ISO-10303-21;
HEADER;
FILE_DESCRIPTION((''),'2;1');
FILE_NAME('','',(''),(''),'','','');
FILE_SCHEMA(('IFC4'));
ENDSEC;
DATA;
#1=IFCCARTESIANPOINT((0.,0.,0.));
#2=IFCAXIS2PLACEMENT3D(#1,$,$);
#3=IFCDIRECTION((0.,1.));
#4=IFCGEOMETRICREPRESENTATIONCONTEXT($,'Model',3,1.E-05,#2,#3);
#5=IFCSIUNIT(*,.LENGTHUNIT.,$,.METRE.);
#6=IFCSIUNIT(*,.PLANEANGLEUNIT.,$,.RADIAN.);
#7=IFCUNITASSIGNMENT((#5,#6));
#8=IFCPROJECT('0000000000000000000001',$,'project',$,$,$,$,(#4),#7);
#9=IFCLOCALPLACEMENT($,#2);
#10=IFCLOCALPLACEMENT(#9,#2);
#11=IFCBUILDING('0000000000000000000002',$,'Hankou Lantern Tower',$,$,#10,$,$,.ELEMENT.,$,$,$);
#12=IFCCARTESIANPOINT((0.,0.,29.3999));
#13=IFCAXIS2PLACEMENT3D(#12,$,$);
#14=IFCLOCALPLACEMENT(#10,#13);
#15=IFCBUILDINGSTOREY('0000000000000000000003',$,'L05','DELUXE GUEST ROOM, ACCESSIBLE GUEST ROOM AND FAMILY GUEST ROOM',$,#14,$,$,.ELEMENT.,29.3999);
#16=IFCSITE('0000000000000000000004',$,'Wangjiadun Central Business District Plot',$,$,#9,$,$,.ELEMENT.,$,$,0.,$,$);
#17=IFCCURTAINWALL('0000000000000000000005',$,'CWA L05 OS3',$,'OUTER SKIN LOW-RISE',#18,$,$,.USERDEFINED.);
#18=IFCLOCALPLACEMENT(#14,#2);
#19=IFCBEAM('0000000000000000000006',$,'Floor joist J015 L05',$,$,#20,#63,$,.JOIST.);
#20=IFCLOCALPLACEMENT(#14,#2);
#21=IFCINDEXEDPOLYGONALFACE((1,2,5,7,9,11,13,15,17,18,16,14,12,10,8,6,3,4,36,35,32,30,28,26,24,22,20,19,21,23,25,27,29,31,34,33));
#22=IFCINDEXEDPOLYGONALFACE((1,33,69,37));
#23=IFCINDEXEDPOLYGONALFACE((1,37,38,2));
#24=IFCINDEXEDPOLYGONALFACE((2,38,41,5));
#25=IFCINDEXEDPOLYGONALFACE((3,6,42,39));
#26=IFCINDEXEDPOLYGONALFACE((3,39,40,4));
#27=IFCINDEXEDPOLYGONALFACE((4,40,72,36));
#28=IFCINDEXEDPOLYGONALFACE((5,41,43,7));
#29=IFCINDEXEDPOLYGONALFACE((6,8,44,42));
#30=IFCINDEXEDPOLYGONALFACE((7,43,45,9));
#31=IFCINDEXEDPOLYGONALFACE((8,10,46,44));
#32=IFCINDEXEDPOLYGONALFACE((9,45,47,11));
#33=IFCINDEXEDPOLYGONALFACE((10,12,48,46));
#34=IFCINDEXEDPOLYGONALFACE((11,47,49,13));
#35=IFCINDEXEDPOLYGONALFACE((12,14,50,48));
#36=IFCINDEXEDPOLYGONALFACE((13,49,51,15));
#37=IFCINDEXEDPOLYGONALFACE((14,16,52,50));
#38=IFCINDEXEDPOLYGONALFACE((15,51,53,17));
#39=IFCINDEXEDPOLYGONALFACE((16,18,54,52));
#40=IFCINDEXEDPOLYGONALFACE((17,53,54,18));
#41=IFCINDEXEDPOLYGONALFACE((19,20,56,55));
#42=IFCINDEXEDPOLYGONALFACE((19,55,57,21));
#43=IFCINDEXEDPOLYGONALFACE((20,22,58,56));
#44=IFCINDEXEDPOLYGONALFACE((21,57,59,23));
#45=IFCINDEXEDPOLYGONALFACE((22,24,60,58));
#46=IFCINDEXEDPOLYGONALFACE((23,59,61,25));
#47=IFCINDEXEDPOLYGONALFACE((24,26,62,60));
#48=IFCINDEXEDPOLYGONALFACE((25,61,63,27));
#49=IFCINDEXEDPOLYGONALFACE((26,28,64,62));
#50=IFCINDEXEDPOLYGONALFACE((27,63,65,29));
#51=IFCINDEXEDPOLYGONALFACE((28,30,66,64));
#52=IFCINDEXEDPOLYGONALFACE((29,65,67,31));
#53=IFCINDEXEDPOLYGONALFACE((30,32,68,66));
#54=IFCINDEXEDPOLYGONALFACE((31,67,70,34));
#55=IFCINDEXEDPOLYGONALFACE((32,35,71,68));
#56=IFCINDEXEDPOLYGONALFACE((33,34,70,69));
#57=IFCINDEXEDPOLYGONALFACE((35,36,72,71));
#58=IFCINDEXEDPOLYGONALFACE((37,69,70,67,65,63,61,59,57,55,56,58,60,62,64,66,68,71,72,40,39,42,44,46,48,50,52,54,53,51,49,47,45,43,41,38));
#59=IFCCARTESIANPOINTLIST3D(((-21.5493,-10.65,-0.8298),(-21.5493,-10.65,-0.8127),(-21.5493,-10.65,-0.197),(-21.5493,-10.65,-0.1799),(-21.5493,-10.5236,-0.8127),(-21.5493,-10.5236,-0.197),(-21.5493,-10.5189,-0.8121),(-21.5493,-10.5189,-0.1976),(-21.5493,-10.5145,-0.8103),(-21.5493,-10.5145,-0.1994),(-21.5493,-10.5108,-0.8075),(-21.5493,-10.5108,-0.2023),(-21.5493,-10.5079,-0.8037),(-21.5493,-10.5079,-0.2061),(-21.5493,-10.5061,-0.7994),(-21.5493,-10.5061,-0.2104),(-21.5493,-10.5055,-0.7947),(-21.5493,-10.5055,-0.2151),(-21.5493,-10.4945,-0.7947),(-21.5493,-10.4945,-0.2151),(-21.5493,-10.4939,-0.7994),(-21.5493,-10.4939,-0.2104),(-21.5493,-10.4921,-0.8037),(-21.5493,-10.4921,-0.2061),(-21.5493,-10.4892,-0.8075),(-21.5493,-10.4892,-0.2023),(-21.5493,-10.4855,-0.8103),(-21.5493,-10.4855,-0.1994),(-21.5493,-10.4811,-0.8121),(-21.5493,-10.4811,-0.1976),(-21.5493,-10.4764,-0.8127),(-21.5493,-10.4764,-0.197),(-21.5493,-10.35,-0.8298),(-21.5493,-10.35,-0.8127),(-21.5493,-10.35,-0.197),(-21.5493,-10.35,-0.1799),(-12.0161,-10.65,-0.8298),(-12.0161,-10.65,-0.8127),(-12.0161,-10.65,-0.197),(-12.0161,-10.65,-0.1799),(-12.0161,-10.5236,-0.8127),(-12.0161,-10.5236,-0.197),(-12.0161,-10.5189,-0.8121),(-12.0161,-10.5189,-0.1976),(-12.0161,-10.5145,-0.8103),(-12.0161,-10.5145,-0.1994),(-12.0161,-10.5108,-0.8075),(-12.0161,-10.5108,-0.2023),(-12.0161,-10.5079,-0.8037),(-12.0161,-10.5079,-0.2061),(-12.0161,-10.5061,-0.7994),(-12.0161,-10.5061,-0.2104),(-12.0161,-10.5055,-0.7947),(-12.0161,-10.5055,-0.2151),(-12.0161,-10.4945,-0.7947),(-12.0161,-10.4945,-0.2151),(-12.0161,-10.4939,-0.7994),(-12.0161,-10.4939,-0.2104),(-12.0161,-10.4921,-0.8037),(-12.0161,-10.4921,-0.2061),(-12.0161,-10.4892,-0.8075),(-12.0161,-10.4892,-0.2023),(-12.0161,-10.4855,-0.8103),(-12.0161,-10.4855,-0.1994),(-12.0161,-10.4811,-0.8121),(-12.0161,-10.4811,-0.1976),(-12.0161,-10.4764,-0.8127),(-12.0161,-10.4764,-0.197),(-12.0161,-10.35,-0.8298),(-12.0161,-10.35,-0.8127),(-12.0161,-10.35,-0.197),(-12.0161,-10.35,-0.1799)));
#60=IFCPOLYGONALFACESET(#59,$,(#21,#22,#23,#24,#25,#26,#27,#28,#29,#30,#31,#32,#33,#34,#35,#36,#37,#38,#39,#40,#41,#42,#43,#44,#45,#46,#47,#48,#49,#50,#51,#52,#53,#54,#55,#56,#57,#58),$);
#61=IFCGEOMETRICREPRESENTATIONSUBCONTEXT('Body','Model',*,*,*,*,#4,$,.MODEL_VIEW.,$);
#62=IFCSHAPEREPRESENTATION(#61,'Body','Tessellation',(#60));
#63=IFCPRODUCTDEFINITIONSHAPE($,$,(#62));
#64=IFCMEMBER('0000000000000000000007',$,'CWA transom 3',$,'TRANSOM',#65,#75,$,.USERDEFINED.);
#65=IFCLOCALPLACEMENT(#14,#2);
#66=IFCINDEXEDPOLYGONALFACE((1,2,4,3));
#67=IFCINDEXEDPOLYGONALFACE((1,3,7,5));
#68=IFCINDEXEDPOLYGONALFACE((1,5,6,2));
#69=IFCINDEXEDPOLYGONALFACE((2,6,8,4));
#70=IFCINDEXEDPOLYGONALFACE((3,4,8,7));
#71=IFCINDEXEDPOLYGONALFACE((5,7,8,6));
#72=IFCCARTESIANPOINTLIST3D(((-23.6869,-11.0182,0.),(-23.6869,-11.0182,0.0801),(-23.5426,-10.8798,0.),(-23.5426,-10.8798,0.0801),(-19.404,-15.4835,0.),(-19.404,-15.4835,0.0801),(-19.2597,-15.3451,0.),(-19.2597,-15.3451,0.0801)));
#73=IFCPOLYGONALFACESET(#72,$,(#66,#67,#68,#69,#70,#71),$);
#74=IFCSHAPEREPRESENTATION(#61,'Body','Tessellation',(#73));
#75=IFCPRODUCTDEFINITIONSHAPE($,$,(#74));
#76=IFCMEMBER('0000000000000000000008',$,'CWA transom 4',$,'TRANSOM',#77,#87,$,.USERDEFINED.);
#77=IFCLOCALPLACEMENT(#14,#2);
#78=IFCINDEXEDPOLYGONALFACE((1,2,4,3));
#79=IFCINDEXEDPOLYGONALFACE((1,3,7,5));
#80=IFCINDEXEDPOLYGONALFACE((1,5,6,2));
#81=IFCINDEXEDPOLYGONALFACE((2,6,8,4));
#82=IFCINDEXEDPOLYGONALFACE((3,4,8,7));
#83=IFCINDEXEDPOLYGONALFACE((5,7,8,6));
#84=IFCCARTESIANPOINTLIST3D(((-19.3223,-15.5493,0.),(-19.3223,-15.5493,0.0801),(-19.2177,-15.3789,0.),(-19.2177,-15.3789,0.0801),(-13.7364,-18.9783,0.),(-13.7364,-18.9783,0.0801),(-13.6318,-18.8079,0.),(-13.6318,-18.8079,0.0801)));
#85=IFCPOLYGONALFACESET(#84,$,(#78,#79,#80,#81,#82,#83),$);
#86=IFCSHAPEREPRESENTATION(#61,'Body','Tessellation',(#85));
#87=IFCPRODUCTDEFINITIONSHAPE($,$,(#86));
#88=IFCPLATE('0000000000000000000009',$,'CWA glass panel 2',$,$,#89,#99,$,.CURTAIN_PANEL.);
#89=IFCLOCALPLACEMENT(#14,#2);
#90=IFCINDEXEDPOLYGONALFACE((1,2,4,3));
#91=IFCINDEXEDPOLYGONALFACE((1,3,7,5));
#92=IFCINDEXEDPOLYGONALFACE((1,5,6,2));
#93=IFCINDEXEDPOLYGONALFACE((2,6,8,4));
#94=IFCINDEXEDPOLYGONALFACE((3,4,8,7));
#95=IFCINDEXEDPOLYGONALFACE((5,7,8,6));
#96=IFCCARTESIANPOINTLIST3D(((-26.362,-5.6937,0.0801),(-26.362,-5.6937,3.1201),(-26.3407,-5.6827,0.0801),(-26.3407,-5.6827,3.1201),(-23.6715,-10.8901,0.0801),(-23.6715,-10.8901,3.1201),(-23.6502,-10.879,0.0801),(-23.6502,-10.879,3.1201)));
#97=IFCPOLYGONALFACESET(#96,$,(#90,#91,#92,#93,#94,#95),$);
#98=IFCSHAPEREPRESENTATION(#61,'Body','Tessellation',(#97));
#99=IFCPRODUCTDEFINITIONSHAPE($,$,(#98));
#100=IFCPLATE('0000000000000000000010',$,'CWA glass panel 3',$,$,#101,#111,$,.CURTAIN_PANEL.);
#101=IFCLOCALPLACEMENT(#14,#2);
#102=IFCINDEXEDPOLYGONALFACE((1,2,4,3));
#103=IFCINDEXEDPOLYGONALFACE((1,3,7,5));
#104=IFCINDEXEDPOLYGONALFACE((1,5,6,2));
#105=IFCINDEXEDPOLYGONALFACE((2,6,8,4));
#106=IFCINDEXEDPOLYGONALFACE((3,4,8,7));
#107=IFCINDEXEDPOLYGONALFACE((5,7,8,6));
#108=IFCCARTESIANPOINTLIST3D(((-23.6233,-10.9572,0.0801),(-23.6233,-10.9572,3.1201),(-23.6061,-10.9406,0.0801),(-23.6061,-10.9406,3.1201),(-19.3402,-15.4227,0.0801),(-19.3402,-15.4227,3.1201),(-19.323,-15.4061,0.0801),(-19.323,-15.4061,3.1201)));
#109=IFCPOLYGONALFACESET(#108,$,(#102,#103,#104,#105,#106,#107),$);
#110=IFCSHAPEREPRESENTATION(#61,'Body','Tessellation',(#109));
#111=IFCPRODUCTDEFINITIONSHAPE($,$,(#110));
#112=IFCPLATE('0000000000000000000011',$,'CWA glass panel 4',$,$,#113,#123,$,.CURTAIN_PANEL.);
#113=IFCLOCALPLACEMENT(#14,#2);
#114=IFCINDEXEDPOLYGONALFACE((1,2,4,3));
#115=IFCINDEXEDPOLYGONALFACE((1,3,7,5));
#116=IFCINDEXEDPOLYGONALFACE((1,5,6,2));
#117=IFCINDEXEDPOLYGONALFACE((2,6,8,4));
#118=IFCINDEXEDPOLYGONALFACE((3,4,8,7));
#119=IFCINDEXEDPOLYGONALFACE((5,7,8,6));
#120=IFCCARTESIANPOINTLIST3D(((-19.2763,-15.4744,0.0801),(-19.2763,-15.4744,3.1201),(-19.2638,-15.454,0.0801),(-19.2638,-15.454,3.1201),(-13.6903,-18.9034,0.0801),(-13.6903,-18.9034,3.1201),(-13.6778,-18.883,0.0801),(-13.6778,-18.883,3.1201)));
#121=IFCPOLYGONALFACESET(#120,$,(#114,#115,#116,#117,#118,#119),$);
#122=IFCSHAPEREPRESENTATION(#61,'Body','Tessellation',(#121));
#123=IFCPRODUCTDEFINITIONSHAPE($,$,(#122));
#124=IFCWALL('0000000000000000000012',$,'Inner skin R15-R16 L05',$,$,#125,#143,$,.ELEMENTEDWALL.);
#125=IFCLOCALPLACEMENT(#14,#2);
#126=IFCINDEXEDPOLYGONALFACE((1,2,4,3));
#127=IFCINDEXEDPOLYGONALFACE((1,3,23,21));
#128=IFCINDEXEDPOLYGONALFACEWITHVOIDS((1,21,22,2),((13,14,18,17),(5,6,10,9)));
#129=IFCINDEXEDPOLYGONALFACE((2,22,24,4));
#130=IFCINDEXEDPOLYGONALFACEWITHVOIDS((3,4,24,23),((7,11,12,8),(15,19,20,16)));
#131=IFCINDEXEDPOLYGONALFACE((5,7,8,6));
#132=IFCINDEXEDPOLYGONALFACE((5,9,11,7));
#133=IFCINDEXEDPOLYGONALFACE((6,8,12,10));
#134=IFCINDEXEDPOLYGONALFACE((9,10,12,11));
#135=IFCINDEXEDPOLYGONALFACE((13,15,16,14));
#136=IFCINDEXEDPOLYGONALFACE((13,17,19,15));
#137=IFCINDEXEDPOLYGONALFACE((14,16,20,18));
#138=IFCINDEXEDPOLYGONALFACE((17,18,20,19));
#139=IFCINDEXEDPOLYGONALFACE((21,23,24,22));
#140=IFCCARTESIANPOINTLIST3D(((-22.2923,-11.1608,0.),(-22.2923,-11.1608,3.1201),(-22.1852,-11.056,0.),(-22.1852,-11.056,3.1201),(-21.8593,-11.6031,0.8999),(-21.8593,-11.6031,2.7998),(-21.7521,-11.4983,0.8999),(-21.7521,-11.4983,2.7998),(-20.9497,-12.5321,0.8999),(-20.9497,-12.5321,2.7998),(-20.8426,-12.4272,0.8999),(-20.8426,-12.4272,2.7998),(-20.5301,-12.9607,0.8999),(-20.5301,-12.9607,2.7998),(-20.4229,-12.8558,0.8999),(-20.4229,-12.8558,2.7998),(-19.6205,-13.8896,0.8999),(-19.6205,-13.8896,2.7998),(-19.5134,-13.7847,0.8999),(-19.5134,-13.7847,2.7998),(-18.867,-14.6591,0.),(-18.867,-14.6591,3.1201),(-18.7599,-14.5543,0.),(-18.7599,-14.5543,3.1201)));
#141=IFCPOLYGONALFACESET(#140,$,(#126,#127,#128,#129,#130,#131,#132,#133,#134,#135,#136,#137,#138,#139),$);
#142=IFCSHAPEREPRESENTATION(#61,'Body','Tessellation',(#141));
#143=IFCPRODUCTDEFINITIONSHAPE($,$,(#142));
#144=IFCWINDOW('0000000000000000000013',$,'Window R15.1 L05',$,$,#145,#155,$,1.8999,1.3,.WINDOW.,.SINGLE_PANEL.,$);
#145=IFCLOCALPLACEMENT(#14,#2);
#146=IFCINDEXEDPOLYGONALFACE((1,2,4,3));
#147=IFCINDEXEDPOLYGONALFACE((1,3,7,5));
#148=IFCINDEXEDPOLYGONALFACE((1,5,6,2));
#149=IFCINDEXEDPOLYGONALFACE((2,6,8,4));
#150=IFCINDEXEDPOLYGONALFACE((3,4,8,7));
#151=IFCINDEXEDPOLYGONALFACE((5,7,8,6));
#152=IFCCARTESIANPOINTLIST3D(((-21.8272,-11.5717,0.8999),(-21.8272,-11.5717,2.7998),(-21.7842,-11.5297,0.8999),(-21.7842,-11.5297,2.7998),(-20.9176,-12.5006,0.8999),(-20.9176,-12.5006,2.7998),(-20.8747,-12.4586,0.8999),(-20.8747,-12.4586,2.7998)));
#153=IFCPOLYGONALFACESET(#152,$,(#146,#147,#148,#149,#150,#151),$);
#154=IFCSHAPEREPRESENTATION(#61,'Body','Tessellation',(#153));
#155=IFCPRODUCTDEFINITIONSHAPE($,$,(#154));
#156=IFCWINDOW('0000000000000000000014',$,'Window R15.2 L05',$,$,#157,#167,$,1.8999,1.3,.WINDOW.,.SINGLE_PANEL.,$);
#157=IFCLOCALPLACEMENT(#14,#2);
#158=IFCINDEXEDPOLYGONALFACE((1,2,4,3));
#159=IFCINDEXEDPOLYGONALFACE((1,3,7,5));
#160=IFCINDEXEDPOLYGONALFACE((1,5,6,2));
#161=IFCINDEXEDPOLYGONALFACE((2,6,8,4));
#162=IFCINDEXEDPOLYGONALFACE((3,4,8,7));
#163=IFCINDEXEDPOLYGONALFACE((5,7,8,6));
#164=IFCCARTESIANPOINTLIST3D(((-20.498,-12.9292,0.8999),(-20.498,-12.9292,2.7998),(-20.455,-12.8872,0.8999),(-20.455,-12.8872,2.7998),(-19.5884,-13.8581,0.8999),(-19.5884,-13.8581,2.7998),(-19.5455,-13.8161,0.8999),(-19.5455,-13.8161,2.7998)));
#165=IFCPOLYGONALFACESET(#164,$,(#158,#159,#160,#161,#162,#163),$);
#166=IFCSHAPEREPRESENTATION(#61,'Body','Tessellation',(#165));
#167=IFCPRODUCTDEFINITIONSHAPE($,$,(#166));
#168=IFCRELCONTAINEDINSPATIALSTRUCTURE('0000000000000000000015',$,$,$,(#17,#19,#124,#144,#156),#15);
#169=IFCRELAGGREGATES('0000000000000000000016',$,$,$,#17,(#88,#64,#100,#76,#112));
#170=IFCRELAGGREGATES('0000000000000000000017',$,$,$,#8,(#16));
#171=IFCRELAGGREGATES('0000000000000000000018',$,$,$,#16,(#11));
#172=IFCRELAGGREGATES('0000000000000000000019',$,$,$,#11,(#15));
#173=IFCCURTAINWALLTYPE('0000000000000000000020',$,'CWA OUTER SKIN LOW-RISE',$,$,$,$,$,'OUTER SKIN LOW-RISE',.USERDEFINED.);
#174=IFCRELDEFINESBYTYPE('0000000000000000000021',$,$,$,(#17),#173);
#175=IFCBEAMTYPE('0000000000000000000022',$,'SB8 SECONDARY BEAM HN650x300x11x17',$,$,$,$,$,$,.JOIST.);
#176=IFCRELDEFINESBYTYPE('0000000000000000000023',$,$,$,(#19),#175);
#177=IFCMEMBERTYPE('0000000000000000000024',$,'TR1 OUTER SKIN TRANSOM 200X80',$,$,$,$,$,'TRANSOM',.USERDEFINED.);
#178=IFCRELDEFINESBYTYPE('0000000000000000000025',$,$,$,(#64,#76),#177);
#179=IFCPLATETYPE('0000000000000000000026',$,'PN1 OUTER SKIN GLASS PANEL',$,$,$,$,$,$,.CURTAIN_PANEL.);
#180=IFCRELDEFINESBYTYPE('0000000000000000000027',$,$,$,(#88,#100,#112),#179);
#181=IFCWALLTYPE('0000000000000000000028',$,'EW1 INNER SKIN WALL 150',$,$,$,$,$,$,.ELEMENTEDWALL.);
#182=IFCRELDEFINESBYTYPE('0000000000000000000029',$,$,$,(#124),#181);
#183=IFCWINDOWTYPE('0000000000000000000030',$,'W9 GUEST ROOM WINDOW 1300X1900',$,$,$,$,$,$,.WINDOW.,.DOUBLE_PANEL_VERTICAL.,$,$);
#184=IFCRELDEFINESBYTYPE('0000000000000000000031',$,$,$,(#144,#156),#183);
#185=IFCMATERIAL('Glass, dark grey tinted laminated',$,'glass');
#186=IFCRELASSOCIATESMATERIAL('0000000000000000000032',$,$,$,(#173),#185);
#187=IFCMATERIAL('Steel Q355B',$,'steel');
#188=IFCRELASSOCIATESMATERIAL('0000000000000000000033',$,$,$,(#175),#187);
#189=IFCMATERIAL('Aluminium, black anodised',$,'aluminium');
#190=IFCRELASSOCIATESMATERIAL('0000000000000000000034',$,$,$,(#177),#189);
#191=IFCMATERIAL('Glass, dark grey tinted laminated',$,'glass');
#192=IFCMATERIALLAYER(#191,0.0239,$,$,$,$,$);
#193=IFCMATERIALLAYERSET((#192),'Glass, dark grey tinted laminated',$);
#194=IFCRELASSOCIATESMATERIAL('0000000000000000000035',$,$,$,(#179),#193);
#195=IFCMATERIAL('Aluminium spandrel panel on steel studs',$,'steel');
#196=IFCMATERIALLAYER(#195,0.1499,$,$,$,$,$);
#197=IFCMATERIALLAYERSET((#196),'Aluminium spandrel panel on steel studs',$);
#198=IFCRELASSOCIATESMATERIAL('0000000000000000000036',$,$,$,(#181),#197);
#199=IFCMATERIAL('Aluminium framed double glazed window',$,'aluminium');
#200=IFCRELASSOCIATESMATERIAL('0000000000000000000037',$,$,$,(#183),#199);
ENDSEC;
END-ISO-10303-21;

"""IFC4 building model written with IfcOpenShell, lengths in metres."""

from ifc_helpers import new_model, si_unit, direction, frame, frame_2d, origin, origin_2d, place, context, subcontext, project, spatial, rectangle, i_section, extrude, material, layer, layer_set, material_profile, profile_set, type_object, element, fill, aggregate, save


model = new_model("IFC4")

# Units and contexts
model_context = context("Model", 3, precision=1e-05, world=origin(), true_north=direction((0.0, 1.0)))
body_context = subcontext(model_context, "Body", "Model", "MODEL_VIEW")
ifc_project = project(units=[si_unit("LENGTHUNIT", "METRE"), si_unit("PLANEANGLEUNIT", "RADIAN")], contexts=[model_context])

# Site, building, storey
site_placement = place(None, origin())
site = spatial("IfcSite", under=ifc_project, at=site_placement, Name="Wangjiadun Central Business District Plot", CompositionType="ELEMENT", RefElevation=0.0)
building_placement = place(site_placement, origin())
building = spatial("IfcBuilding", under=site, at=building_placement, Name="Hankou Lantern Tower", CompositionType="ELEMENT")
storey_placement = place(building_placement, frame((0.0, 0.0, 29.3999)))
storey = spatial("IfcBuildingStorey", under=building, at=storey_placement, Name="L05", Description="DELUXE GUEST ROOM, ACCESSIBLE GUEST ROOM AND FAMILY GUEST ROOM", CompositionType="ELEMENT", Elevation=29.3999)

# Curtain wall
ifc_material_1 = material(Name="Glass, dark grey tinted laminated", Category="glass")
curtain_wall_type = type_object("IfcCurtainWallType", Name="CWA OUTER SKIN LOW-RISE", ElementType="OUTER SKIN LOW-RISE", PredefinedType="USERDEFINED", material=ifc_material_1)
curtain_wall_placement = place(storey_placement, origin())
curtain_wall = element("IfcCurtainWall", 1, at=curtain_wall_placement, inside=storey, type_object=curtain_wall_type, Name="CWA L05 OS3", ObjectType="OUTER SKIN LOW-RISE", PredefinedType="USERDEFINED")

# Beam
ifc_material_2 = material(Name="Steel Q355B", Category="steel")
ifc_material_profile_1 = material_profile(ifc_material_2, i_section(OverallWidth=0.3, OverallDepth=0.6499, WebThickness=0.011, FlangeThickness=0.0171, FilletRadius=0.0181, at=origin_2d()), Name="HN650x300x11x17")
ifc_profile_set_1 = profile_set([ifc_material_profile_1], Name="Steel Q355B")
beam_type_1 = type_object("IfcBeamType", Name="SB8 SECONDARY BEAM HN650x300x11x17", PredefinedType="JOIST", material=ifc_profile_set_1)
beam_1_placement = place(storey_placement, frame((-21.5493, -10.5, -0.5049), z_axis=(1.0, 0.0, 0.0), x_axis=(0.0, 1.0, 0.0)))
element("IfcBeam", 2, at=beam_1_placement, inside=storey, type_object=beam_type_1, Name="Floor joist J015 L05", PredefinedType="JOIST", context=body_context, shape_type="SweptSolid", body=[
    extrude(i_section(OverallWidth=0.3, OverallDepth=0.6499, WebThickness=0.011, FlangeThickness=0.0171, FilletRadius=0.0181, at=origin_2d()), origin(), (0.0, 0.0, 1.0), 9.5332),
])

# Members
ifc_material_3 = material(Name="Aluminium, black anodised", Category="aluminium")
ifc_material_profile_2 = material_profile(ifc_material_3, rectangle(XDim=0.2, YDim=0.0801, at=origin_2d()), Name="TR1 200X80")
ifc_profile_set_2 = profile_set([ifc_material_profile_2], Name="Aluminium, black anodised")
member_type_1 = type_object("IfcMemberType", Name="TR1 OUTER SKIN TRANSOM 200X80", ElementType="TRANSOM", PredefinedType="USERDEFINED", material=ifc_profile_set_2)
member_1_placement = place(storey_placement, frame((-23.6147, -10.949, 0.04), z_axis=(0.692216, -0.721691, 0.0), x_axis=(0.721691, 0.692216, 0.0)))
member_1 = element("IfcMember", 3, at=member_1_placement, type_object=member_type_1, Name="CWA transom 3", ObjectType="TRANSOM", PredefinedType="USERDEFINED", context=body_context, shape_type="SweptSolid", body=[
    extrude(rectangle(XDim=0.2, YDim=0.0801, at=origin_2d()), origin(), (0.0, 0.0, 1.0), 6.1873),
])
member_2_placement = place(storey_placement, frame((-19.27, -15.4641, 0.04), z_axis=(0.85224, -0.523152, 0.0), x_axis=(0.523152, 0.85224, 0.0)))
member_2 = element("IfcMember", 4, at=member_2_placement, type_object=member_type_1, Name="CWA transom 4", ObjectType="TRANSOM", PredefinedType="USERDEFINED", context=body_context, shape_type="SweptSolid", body=[
    extrude(rectangle(XDim=0.2, YDim=0.0801, at=origin_2d()), origin(), (0.0, 0.0, 1.0), 6.5544),
])

# Plates
ifc_material_4 = material(Name="Glass, dark grey tinted laminated", Category="glass")
ifc_layer_1 = layer(ifc_material_4, 0.0239)
ifc_layer_set_1 = layer_set([ifc_layer_1], Name="Glass, dark grey tinted laminated")
plate_type = type_object("IfcPlateType", Name="PN1 OUTER SKIN GLASS PANEL", PredefinedType="CURTAIN_PANEL", material=ifc_layer_set_1)
plate_1_placement = place(storey_placement, frame((-25.0061, -8.2864, 0.0801), z_axis=(0.0, 0.0, 1.0), x_axis=(0.459791, -0.888027, 0.0)))
plate_1 = element("IfcPlate", 5, at=plate_1_placement, type_object=plate_type, Name="CWA glass panel 2", PredefinedType="CURTAIN_PANEL", context=body_context, shape_type="SweptSolid", body=[
    extrude(rectangle(XDim=5.8516, YDim=0.0239, at=origin_2d()), origin(), (0.0, 0.0, 1.0), 3.04),
])
plate_2_placement = place(storey_placement, frame((-21.4731, -13.1816, 0.0801), z_axis=(0.0, 0.0, 1.0), x_axis=(0.692216, -0.721691, 0.0)))
plate_2 = element("IfcPlate", 6, at=plate_2_placement, type_object=plate_type, Name="CWA glass panel 3", PredefinedType="CURTAIN_PANEL", context=body_context, shape_type="SweptSolid", body=[
    extrude(rectangle(XDim=6.1875, YDim=0.0239, at=origin_2d()), origin(), (0.0, 0.0, 1.0), 3.04),
])
plate_3_placement = place(storey_placement, frame((-16.4771, -17.1787, 0.0801), z_axis=(0.0, 0.0, 1.0), x_axis=(0.852237, -0.523156, 0.0)))
plate_3 = element("IfcPlate", 7, at=plate_3_placement, type_object=plate_type, Name="CWA glass panel 4", PredefinedType="CURTAIN_PANEL", context=body_context, shape_type="SweptSolid", body=[
    extrude(rectangle(XDim=6.5544, YDim=0.0239, at=origin_2d()), origin(), (0.0, 0.0, 1.0), 3.04),
])
aggregate(curtain_wall, [plate_1, member_1, plate_2, member_2, plate_3])

# Wall, openings, windows
ifc_material_5 = material(Name="Aluminium spandrel panel on steel studs", Category="steel")
ifc_layer_2 = layer(ifc_material_5, 0.1499)
ifc_layer_set_2 = layer_set([ifc_layer_2], Name="Aluminium spandrel panel on steel studs")
wall_type_1 = type_object("IfcWallType", Name="EW1 INNER SKIN WALL 150", PredefinedType="ELEMENTEDWALL", material=ifc_layer_set_2)
wall_1_placement = place(storey_placement, frame((-22.2388, -11.1084, 0.0), z_axis=(0.0, 0.0, 1.0), x_axis=(0.699613, -0.714522, 0.0)))
wall_1 = element("IfcWall", 8, at=wall_1_placement, inside=storey, type_object=wall_type_1, Name="Inner skin R15-R16 L05", PredefinedType="ELEMENTEDWALL", context=body_context, shape_type="SweptSolid", body=[
    extrude(rectangle(XDim=4.896, YDim=0.1499, at=frame_2d((2.448, 0.0))), origin(), (0.0, 0.0, 1.0), 3.1201),
])
opening_1_placement = place(wall_1_placement, frame((0.6191, 0.0, 0.8999)))
opening_1 = element("IfcOpeningElement", 9, at=opening_1_placement, cuts=wall_1, PredefinedType="OPENING", context=body_context, shape_type="SweptSolid", body=[
    extrude(rectangle(XDim=1.3, YDim=1.8999, at=frame_2d((0.6499, 0.95))), frame((0.0, 0.085, 0.0), z_axis=(0.0, -1.0, 0.0), x_axis=(1.0, 0.0, 0.0)), (0.0, 0.0, 1.0), 0.1699),
])
opening_2_placement = place(wall_1_placement, frame((2.519, 0.0, 0.8999)))
opening_2 = element("IfcOpeningElement", 10, at=opening_2_placement, cuts=wall_1, PredefinedType="OPENING", context=body_context, shape_type="SweptSolid", body=[
    extrude(rectangle(XDim=1.3, YDim=1.8999, at=frame_2d((0.6499, 0.95))), frame((0.0, 0.085, 0.0), z_axis=(0.0, -1.0, 0.0), x_axis=(1.0, 0.0, 0.0)), (0.0, 0.0, 1.0), 0.1699),
])
ifc_material_6 = material(Name="Aluminium framed double glazed window", Category="aluminium")
window_type = type_object("IfcWindowType", Name="W9 GUEST ROOM WINDOW 1300X1900", PartitioningType="DOUBLE_PANEL_VERTICAL", PredefinedType="WINDOW", material=ifc_material_6)
window_1_placement = place(opening_1_placement, origin())
window_1 = element("IfcWindow", 11, at=window_1_placement, inside=storey, type_object=window_type, Name="Window R15.1 L05", OverallHeight=1.8999, OverallWidth=1.3, PartitioningType="SINGLE_PANEL", PredefinedType="WINDOW", context=body_context, shape_type="SweptSolid", body=[
    extrude(rectangle(XDim=1.3, YDim=1.8999, at=frame_2d((0.6499, 0.95))), frame((0.0, 0.03, 0.0), z_axis=(0.0, -1.0, 0.0), x_axis=(1.0, 0.0, 0.0)), (0.0, 0.0, 1.0), 0.0601),
])
fill(opening_1, window_1)
window_2_placement = place(opening_2_placement, origin())
window_2 = element("IfcWindow", 12, at=window_2_placement, inside=storey, type_object=window_type, Name="Window R15.2 L05", OverallHeight=1.8999, OverallWidth=1.3, PartitioningType="SINGLE_PANEL", PredefinedType="WINDOW", context=body_context, shape_type="SweptSolid", body=[
    extrude(rectangle(XDim=1.3, YDim=1.8999, at=frame_2d((0.6499, 0.95))), frame((0.0, 0.03, 0.0), z_axis=(0.0, -1.0, 0.0), x_axis=(1.0, 0.0, 0.0)), (0.0, 0.0, 1.0), 0.0601),
])
fill(opening_2, window_2)

save(model, "model.ifc")
